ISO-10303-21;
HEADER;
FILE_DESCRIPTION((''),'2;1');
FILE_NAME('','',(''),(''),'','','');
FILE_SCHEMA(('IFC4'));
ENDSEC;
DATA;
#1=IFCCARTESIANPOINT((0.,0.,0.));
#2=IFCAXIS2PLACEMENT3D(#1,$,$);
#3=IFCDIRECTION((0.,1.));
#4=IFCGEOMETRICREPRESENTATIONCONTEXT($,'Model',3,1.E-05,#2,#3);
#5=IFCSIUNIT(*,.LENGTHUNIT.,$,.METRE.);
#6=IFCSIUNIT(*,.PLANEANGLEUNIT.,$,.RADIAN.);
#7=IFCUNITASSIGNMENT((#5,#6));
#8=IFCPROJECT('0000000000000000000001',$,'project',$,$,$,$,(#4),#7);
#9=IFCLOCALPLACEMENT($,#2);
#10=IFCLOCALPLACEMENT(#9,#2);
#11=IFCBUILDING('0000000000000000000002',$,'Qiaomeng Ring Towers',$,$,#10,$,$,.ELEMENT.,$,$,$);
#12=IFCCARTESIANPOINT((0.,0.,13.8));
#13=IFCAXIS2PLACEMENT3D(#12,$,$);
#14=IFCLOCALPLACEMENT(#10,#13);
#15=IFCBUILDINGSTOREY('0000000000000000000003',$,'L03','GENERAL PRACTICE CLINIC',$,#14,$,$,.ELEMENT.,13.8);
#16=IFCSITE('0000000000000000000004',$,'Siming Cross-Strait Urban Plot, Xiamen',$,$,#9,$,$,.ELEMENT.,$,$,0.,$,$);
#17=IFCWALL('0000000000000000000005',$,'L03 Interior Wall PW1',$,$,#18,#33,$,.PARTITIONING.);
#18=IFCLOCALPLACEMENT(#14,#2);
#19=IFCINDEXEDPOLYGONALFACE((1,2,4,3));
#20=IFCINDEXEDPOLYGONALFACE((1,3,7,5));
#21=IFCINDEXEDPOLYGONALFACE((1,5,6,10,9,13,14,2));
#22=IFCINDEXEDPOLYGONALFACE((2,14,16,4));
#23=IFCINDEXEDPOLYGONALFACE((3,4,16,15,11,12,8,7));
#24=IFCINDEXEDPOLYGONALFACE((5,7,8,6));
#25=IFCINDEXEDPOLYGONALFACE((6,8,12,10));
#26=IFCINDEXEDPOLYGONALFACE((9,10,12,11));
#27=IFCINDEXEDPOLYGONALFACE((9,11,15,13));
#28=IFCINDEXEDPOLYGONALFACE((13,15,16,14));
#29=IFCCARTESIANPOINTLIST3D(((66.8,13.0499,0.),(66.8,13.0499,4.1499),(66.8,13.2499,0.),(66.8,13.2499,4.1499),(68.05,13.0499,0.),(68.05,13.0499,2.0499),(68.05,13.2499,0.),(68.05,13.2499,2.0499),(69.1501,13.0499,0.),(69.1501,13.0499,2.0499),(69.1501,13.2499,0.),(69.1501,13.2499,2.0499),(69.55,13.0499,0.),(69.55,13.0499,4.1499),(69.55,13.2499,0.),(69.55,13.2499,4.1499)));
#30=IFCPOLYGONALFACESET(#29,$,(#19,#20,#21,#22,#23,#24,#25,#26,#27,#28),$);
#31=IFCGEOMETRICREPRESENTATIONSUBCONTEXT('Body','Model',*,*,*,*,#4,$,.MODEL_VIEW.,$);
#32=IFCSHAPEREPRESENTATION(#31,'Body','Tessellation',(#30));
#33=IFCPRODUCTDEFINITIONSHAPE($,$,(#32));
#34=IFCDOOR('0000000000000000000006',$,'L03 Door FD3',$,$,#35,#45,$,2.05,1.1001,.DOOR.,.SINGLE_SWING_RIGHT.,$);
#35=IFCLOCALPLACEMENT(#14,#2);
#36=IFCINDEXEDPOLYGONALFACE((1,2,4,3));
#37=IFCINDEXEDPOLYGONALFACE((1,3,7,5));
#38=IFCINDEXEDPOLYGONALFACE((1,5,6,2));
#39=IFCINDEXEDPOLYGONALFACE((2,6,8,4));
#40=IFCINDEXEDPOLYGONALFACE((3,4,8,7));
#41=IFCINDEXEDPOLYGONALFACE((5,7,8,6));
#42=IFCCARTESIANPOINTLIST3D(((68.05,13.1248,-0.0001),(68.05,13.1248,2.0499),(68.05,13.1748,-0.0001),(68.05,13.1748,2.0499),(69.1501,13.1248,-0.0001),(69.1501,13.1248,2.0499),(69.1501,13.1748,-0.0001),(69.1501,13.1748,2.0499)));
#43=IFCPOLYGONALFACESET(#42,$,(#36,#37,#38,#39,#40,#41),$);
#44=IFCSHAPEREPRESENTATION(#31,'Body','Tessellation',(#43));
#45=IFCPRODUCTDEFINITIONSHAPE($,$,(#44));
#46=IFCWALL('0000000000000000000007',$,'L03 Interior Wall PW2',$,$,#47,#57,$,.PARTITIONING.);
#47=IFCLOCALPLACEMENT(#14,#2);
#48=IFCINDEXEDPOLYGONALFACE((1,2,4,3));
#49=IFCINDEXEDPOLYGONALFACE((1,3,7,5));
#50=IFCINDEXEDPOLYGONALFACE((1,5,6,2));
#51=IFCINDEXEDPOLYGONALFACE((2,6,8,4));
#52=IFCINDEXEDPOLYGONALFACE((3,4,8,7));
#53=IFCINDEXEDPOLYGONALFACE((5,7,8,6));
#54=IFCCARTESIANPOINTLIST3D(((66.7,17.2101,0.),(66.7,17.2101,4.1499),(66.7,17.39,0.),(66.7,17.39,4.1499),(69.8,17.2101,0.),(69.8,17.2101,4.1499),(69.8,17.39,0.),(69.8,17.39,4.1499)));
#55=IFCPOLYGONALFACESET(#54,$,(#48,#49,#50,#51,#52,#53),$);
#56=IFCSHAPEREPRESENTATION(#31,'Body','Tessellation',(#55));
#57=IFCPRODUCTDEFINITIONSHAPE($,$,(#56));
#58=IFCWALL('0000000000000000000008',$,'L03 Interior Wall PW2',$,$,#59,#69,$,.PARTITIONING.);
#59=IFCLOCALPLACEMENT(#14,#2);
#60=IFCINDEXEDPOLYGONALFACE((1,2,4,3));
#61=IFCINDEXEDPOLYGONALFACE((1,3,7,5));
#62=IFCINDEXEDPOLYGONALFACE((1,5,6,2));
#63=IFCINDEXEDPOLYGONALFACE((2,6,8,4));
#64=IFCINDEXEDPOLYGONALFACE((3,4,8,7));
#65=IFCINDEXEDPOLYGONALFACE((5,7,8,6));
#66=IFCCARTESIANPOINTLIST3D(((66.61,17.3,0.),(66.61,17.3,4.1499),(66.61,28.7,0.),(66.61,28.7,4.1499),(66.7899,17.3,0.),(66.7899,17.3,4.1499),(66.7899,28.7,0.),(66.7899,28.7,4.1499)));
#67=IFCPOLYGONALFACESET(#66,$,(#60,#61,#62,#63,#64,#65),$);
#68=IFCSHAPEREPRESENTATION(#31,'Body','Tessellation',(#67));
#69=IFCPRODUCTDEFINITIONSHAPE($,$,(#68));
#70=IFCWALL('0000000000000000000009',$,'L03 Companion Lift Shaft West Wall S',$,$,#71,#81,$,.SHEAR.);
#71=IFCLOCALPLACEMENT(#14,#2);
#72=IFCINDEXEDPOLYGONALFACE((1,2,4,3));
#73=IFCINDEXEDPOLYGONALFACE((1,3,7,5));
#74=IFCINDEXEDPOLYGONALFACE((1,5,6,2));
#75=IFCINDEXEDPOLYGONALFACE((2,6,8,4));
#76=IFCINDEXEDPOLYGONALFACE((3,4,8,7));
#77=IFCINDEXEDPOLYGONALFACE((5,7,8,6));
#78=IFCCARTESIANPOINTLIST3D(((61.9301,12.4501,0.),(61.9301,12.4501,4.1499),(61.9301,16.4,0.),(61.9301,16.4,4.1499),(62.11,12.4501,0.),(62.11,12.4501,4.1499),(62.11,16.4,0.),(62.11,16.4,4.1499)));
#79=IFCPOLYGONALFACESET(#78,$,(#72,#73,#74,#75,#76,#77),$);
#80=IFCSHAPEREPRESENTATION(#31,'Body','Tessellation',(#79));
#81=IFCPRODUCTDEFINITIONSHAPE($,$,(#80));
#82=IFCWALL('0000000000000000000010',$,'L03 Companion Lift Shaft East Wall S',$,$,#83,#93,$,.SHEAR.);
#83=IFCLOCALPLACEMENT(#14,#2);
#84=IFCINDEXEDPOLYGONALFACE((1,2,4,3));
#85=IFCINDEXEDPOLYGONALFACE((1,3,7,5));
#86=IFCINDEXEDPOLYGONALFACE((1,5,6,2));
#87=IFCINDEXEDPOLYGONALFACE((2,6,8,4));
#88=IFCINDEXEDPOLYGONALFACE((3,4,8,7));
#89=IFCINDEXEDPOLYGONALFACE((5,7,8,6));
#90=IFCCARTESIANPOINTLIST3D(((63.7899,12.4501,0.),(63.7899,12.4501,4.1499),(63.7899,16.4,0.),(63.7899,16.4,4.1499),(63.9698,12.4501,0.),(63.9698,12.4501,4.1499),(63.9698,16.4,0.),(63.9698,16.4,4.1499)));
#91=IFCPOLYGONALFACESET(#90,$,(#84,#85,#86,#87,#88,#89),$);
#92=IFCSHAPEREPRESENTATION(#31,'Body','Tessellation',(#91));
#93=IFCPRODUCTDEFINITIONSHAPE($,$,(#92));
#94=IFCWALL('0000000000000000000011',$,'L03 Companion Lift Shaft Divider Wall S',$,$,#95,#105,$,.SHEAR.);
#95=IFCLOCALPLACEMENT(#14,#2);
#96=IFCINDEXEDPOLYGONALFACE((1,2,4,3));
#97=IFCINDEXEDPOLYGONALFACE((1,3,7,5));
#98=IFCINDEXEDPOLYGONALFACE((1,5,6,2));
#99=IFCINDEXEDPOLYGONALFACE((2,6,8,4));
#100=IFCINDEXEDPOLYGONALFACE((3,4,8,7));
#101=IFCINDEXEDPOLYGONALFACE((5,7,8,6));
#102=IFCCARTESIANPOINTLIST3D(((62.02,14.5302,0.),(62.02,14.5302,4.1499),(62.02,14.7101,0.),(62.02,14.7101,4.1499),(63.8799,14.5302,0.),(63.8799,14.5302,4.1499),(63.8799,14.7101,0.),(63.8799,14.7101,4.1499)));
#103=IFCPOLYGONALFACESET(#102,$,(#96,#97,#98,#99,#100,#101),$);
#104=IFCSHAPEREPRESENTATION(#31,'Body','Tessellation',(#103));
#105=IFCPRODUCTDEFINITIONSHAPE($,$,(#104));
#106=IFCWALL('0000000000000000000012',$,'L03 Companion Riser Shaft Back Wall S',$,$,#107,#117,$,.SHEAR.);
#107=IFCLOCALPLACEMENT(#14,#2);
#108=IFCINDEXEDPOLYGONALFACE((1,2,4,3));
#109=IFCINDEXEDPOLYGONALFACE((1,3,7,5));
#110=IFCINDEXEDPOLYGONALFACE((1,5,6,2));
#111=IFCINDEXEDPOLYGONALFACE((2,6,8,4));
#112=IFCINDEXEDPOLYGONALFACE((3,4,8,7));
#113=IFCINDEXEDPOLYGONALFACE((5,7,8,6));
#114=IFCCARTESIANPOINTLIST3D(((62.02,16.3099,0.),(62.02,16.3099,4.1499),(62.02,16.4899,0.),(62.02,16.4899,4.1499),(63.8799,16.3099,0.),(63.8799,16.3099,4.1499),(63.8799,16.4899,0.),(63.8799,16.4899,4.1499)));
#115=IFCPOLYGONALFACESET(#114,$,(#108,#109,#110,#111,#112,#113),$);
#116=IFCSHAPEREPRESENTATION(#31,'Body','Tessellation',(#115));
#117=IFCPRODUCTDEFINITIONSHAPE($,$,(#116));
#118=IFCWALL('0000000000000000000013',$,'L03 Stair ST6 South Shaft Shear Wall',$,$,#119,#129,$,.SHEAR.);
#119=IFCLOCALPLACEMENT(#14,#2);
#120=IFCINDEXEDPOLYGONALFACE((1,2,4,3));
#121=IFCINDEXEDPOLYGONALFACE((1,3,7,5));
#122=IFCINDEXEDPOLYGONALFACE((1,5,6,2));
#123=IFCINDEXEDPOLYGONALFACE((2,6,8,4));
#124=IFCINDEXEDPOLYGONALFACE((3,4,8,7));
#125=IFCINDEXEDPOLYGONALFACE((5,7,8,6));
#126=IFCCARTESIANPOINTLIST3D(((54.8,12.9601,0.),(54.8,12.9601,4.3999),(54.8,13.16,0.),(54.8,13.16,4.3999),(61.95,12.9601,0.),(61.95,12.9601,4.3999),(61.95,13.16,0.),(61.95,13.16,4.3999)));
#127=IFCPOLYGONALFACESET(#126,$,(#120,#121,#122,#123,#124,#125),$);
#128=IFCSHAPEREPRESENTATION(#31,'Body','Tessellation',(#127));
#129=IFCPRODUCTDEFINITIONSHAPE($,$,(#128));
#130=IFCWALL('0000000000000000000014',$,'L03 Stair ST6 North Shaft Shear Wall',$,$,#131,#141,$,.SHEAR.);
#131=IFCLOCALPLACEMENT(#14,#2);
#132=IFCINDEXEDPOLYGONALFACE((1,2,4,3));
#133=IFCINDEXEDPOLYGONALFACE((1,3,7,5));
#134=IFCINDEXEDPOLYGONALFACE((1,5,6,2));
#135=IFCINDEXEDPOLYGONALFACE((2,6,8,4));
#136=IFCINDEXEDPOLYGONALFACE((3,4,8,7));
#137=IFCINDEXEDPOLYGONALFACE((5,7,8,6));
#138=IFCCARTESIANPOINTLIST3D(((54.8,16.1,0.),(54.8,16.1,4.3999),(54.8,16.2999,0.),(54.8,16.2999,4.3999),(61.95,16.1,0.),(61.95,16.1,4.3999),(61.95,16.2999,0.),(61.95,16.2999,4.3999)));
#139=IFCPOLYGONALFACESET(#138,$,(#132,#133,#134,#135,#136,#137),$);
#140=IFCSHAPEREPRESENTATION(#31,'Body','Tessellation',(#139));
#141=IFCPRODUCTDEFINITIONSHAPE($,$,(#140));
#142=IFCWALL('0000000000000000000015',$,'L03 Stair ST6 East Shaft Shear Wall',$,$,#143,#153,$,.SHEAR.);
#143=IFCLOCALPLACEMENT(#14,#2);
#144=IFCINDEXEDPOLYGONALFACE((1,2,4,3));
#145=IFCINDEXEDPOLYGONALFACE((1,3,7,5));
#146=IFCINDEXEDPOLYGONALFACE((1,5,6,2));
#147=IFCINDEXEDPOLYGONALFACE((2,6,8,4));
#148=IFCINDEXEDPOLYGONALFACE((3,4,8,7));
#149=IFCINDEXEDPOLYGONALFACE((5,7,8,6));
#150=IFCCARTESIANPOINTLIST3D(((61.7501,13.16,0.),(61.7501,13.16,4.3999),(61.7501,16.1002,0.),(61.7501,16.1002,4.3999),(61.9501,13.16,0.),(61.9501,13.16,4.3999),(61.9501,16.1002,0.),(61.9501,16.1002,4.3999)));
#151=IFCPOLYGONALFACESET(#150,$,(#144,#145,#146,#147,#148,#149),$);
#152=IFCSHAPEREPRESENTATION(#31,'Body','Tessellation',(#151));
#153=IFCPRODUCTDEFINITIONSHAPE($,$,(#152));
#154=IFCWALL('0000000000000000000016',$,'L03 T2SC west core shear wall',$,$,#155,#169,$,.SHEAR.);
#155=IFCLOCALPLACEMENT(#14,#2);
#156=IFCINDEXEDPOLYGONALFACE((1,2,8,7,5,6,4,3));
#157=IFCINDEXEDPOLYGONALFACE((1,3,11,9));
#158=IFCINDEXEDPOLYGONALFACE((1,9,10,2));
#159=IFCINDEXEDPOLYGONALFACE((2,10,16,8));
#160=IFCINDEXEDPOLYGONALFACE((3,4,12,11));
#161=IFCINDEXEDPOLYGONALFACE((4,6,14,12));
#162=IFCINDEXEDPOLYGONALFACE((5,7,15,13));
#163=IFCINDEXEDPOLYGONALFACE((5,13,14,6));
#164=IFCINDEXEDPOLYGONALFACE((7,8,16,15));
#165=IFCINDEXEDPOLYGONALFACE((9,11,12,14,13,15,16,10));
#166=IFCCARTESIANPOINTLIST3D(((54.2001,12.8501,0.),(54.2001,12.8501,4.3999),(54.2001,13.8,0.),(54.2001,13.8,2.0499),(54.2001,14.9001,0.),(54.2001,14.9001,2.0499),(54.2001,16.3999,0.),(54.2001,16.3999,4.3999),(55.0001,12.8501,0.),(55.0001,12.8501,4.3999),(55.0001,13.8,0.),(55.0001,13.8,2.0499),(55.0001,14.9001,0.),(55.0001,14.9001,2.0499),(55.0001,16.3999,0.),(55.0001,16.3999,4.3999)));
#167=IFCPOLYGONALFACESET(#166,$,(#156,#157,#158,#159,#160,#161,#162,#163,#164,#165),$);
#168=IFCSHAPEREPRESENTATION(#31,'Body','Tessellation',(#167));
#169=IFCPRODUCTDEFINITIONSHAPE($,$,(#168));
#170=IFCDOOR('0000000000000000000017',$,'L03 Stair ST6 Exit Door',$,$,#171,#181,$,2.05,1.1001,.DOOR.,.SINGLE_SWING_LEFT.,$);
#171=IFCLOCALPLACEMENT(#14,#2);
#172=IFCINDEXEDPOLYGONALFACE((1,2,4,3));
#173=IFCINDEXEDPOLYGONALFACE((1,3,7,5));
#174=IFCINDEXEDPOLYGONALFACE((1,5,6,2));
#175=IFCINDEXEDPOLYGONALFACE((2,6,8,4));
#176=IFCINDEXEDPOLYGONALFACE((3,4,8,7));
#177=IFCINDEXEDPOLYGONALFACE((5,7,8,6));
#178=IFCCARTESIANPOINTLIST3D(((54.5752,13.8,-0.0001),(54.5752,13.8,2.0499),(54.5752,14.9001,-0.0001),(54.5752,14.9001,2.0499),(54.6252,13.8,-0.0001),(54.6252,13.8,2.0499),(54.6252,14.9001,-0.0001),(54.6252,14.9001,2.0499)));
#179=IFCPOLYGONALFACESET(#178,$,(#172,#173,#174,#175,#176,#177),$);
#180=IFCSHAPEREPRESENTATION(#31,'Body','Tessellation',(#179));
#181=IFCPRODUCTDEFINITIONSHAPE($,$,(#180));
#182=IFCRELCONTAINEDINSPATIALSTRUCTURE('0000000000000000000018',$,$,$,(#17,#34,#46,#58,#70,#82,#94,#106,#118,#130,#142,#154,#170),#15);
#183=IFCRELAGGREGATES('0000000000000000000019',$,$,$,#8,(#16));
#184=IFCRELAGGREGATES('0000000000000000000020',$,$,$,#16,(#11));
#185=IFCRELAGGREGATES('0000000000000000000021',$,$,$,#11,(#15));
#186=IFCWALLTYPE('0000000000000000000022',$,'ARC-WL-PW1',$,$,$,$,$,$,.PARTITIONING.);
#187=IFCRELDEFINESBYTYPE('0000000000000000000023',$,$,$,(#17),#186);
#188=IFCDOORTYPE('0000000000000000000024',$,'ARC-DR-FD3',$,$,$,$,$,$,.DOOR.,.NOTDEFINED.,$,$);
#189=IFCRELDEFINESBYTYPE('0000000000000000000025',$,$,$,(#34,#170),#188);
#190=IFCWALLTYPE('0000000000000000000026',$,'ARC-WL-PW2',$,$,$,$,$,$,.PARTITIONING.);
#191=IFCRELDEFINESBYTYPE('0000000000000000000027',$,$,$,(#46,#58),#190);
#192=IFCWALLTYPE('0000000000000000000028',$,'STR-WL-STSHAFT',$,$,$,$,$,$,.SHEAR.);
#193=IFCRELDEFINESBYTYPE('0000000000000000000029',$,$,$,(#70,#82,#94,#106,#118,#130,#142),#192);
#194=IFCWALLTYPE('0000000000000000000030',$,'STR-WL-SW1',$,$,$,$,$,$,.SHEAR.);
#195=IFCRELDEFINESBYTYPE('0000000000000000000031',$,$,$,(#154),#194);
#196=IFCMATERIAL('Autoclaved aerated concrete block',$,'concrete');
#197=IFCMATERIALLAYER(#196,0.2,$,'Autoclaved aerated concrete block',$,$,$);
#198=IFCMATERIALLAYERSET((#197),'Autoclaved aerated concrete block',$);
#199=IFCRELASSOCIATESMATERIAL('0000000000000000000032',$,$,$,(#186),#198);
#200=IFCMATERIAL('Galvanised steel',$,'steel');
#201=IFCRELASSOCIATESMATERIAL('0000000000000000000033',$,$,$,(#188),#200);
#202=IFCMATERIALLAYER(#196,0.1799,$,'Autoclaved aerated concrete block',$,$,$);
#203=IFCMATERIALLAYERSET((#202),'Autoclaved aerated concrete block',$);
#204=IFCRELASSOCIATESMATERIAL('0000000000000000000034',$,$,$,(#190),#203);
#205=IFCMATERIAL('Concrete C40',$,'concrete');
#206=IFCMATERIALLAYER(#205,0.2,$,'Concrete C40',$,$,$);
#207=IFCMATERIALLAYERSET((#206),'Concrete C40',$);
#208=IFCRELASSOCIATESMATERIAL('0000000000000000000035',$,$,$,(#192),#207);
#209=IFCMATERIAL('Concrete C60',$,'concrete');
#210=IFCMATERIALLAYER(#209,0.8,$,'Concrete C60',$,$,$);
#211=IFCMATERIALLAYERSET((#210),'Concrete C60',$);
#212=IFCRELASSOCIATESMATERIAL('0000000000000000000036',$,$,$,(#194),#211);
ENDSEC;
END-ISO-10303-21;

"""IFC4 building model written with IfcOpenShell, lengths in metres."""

from ifc_helpers import new_model, si_unit, direction, frame, frame_2d, origin, place, context, subcontext, project, spatial, rectangle, extrude, source, transform, mapped, material, layer, layer_set, type_object, element, fill, save


model = new_model("IFC4")

# Units and contexts
model_context = context("Model", 3, precision=1e-05, world=origin(), true_north=direction((0.0, 1.0)))
body_context = subcontext(model_context, "Body", "Model", "MODEL_VIEW")
ifc_project = project(units=[si_unit("LENGTHUNIT", "METRE"), si_unit("PLANEANGLEUNIT", "RADIAN")], contexts=[model_context])

# Site, building, storey
site_placement = place(None, origin())
site = spatial("IfcSite", under=ifc_project, at=site_placement, Name="Siming Cross-Strait Urban Plot, Xiamen", CompositionType="ELEMENT", RefElevation=0.0)
building_placement = place(site_placement, origin())
building = spatial("IfcBuilding", under=site, at=building_placement, Name="Qiaomeng Ring Towers", CompositionType="ELEMENT")
storey_placement = place(building_placement, frame((0.0, 0.0, 13.8)))
storey = spatial("IfcBuildingStorey", under=building, at=storey_placement, Name="L03", Description="GENERAL PRACTICE CLINIC", CompositionType="ELEMENT", Elevation=13.8)

# Wall, opening, door
ifc_material_1 = material(Name="Autoclaved aerated concrete block", Category="concrete")
ifc_layer_1 = layer(ifc_material_1, 0.2, Name="Autoclaved aerated concrete block")
ifc_layer_set_1 = layer_set([ifc_layer_1], Name="Autoclaved aerated concrete block")
wall_type_1 = type_object("IfcWallType", Name="ARC-WL-PW1", PredefinedType="PARTITIONING", material=ifc_layer_set_1)
wall_1_placement = place(storey_placement, frame((66.8, 13.1499, 0.0), z_axis=(0.0, 0.0, 1.0), x_axis=(1.0, 0.0, 0.0)))
wall_1 = element("IfcWall", 1, at=wall_1_placement, inside=storey, type_object=wall_type_1, Name="L03 Interior Wall PW1", PredefinedType="PARTITIONING", context=body_context, shape_type="SweptSolid", body=[
    extrude(rectangle(XDim=2.75, YDim=0.2, at=frame_2d((1.375, 0.0))), origin(), (0.0, 0.0, 1.0), 4.1499),
])
opening_1_placement = place(wall_1_placement, frame((1.25, 0.0, 0.0)))
opening_1 = element("IfcOpeningElement", 2, at=opening_1_placement, cuts=wall_1, PredefinedType="OPENING", context=body_context, shape_type="SweptSolid", body=[
    extrude(rectangle(XDim=1.1001, YDim=2.05, at=frame_2d((0.55, 1.0249))), frame((0.0, 0.1099, 0.0), z_axis=(0.0, -1.0, 0.0), x_axis=(1.0, 0.0, 0.0)), (0.0, 0.0, 1.0), 0.22),
])
ifc_material_2 = material(Name="Galvanised steel", Category="steel")
door_type_1 = type_object("IfcDoorType", Name="ARC-DR-FD3", OperationType="NOTDEFINED", PredefinedType="DOOR", material=ifc_material_2)
shared_shape_1 = source(origin(), body_context, "Body", "SweptSolid", [
    extrude(rectangle(XDim=1.1001, YDim=2.05, at=frame_2d((0.55, 1.0249))), frame((0.0, 0.0249, 0.0), z_axis=(0.0, -1.0, 0.0), x_axis=(1.0, 0.0, 0.0)), (0.0, 0.0, 1.0), 0.05),
])
door_1_placement = place(opening_1_placement, origin())
door_1 = element("IfcDoor", 3, at=door_1_placement, inside=storey, type_object=door_type_1, Name="L03 Door FD3", OperationType="SINGLE_SWING_RIGHT", OverallHeight=2.05, OverallWidth=1.1001, PredefinedType="DOOR", context=body_context, shape_type="MappedRepresentation", body=[
    mapped(shared_shape_1, transform((0.0, 0.0, 0.0), x_axis=(1.0, 0.0, 0.0), y_axis=(0.0, 1.0, 0.0), z_axis=(0.0, 0.0, 1.0), scale=1.0)),
])
fill(opening_1, door_1)

# Walls
ifc_layer_2 = layer(ifc_material_1, 0.1799, Name="Autoclaved aerated concrete block")
ifc_layer_set_2 = layer_set([ifc_layer_2], Name="Autoclaved aerated concrete block")
wall_type_2 = type_object("IfcWallType", Name="ARC-WL-PW2", PredefinedType="PARTITIONING", material=ifc_layer_set_2)
wall_2_placement = place(storey_placement, frame((66.7, 17.3, 0.0), z_axis=(0.0, 0.0, 1.0), x_axis=(1.0, 0.0, 0.0)))
element("IfcWall", 4, at=wall_2_placement, inside=storey, type_object=wall_type_2, Name="L03 Interior Wall PW2", PredefinedType="PARTITIONING", context=body_context, shape_type="SweptSolid", body=[
    extrude(rectangle(XDim=3.1001, YDim=0.1799, at=frame_2d((1.55, 0.0))), origin(), (0.0, 0.0, 1.0), 4.1499),
])
wall_3_placement = place(storey_placement, frame((66.7, 17.3, 0.0), z_axis=(0.0, 0.0, 1.0), x_axis=(0.0, 1.0, 0.0)))
element("IfcWall", 5, at=wall_3_placement, inside=storey, type_object=wall_type_2, Name="L03 Interior Wall PW2", PredefinedType="PARTITIONING", context=body_context, shape_type="SweptSolid", body=[
    extrude(rectangle(XDim=11.3999, YDim=0.1799, at=frame_2d((5.7, 0.0))), origin(), (0.0, 0.0, 1.0), 4.1499),
])
ifc_material_3 = material(Name="Concrete C40", Category="concrete")
ifc_layer_3 = layer(ifc_material_3, 0.2, Name="Concrete C40")
ifc_layer_set_3 = layer_set([ifc_layer_3], Name="Concrete C40")
wall_type_3 = type_object("IfcWallType", Name="STR-WL-STSHAFT", PredefinedType="SHEAR", material=ifc_layer_set_3)
for number, where, z_axis, x_axis, name in (
    (6, (62.02, 12.45, 0.0), (0.0, 0.0, 1.0), (0.0, 1.0, 0.0), "L03 Companion Lift Shaft West Wall S"),
    (7, (63.8799, 12.45, 0.0), (0.0, 0.0, 1.0), (0.0, 1.0, 0.0), "L03 Companion Lift Shaft East Wall S"),
):
    element("IfcWall", number, at=place(storey_placement, frame(where, z_axis=z_axis, x_axis=x_axis)), inside=storey, type_object=wall_type_3, Name=name, PredefinedType="SHEAR", context=body_context, shape_type="SweptSolid", body=[
        extrude(rectangle(XDim=3.95, YDim=0.1799, at=frame_2d((1.9751, 0.0))), origin(), (0.0, 0.0, 1.0), 4.1499),
    ])
for number, where, z_axis, x_axis, name in (
    (8, (62.02, 14.6201, 0.0), (0.0, 0.0, 1.0), (1.0, 0.0, 0.0), "L03 Companion Lift Shaft Divider Wall S"),
    (9, (62.02, 16.3999, 0.0), (0.0, 0.0, 1.0), (1.0, 0.0, 0.0), "L03 Companion Riser Shaft Back Wall S"),
):
    element("IfcWall", number, at=place(storey_placement, frame(where, z_axis=z_axis, x_axis=x_axis)), inside=storey, type_object=wall_type_3, Name=name, PredefinedType="SHEAR", context=body_context, shape_type="SweptSolid", body=[
        extrude(rectangle(XDim=1.8599, YDim=0.1799, at=frame_2d((0.9299, 0.0))), origin(), (0.0, 0.0, 1.0), 4.1499),
    ])
for number, where, z_axis, x_axis, name in (
    (10, (54.8, 13.0601, 0.0), (0.0, 0.0, 1.0), (1.0, 0.0, 0.0), "L03 Stair ST6 South Shaft Shear Wall"),
    (11, (54.8, 16.2, 0.0), (0.0, 0.0, 1.0), (1.0, 0.0, 0.0), "L03 Stair ST6 North Shaft Shear Wall"),
):
    element("IfcWall", number, at=place(storey_placement, frame(where, z_axis=z_axis, x_axis=x_axis)), inside=storey, type_object=wall_type_3, Name=name, PredefinedType="SHEAR", context=body_context, shape_type="SweptSolid", body=[
        extrude(rectangle(XDim=7.1499, YDim=0.2, at=frame_2d((3.575, 0.0))), origin(), (0.0, 0.0, 1.0), 4.3999),
    ])
wall_4_placement = place(storey_placement, frame((61.8501, 13.1599, 0.0), z_axis=(0.0, 0.0, 1.0), x_axis=(0.0, 1.0, 0.0)))
element("IfcWall", 12, at=wall_4_placement, inside=storey, type_object=wall_type_3, Name="L03 Stair ST6 East Shaft Shear Wall", PredefinedType="SHEAR", context=body_context, shape_type="SweptSolid", body=[
    extrude(rectangle(XDim=2.9402, YDim=0.2, at=frame_2d((1.4702, 0.0))), origin(), (0.0, 0.0, 1.0), 4.3999),
])

# Wall, opening, door
ifc_material_4 = material(Name="Concrete C60", Category="concrete")
ifc_layer_4 = layer(ifc_material_4, 0.8, Name="Concrete C60")
ifc_layer_set_4 = layer_set([ifc_layer_4], Name="Concrete C60")
wall_type_4 = type_object("IfcWallType", Name="STR-WL-SW1", PredefinedType="SHEAR", material=ifc_layer_set_4)
wall_5_placement = place(storey_placement, frame((54.6001, 12.8501, 0.0), z_axis=(0.0, 0.0, 1.0), x_axis=(0.0, 1.0, 0.0)))
wall_5 = element("IfcWall", 13, at=wall_5_placement, inside=storey, type_object=wall_type_4, Name="L03 T2SC west core shear wall", PredefinedType="SHEAR", context=body_context, shape_type="SweptSolid", body=[
    extrude(rectangle(XDim=3.5498, YDim=0.8, at=frame_2d((1.7749, 0.0))), origin(), (0.0, 0.0, 1.0), 4.3999),
])
opening_2_placement = place(wall_5_placement, frame((0.95, 0.0, 0.0)))
opening_2 = element("IfcOpeningElement", 14, at=opening_2_placement, cuts=wall_5, PredefinedType="OPENING", context=body_context, shape_type="SweptSolid", body=[
    extrude(rectangle(XDim=1.1001, YDim=2.05, at=frame_2d((0.55, 1.0249))), frame((0.0, 0.4099, 0.0), z_axis=(0.0, -1.0, 0.0), x_axis=(1.0, 0.0, 0.0)), (0.0, 0.0, 1.0), 0.8201),
])
door_2_placement = place(opening_2_placement, origin())
door_2 = element("IfcDoor", 15, at=door_2_placement, inside=storey, type_object=door_type_1, Name="L03 Stair ST6 Exit Door", OperationType="SINGLE_SWING_LEFT", OverallHeight=2.05, OverallWidth=1.1001, PredefinedType="DOOR", context=body_context, shape_type="MappedRepresentation", body=[
    mapped(shared_shape_1, transform((0.0, 0.0, 0.0), x_axis=(1.0, 0.0, 0.0), y_axis=(0.0, 1.0, 0.0), z_axis=(0.0, 0.0, 1.0), scale=1.0)),
])
fill(opening_2, door_2)

save(model, "model.ifc")
